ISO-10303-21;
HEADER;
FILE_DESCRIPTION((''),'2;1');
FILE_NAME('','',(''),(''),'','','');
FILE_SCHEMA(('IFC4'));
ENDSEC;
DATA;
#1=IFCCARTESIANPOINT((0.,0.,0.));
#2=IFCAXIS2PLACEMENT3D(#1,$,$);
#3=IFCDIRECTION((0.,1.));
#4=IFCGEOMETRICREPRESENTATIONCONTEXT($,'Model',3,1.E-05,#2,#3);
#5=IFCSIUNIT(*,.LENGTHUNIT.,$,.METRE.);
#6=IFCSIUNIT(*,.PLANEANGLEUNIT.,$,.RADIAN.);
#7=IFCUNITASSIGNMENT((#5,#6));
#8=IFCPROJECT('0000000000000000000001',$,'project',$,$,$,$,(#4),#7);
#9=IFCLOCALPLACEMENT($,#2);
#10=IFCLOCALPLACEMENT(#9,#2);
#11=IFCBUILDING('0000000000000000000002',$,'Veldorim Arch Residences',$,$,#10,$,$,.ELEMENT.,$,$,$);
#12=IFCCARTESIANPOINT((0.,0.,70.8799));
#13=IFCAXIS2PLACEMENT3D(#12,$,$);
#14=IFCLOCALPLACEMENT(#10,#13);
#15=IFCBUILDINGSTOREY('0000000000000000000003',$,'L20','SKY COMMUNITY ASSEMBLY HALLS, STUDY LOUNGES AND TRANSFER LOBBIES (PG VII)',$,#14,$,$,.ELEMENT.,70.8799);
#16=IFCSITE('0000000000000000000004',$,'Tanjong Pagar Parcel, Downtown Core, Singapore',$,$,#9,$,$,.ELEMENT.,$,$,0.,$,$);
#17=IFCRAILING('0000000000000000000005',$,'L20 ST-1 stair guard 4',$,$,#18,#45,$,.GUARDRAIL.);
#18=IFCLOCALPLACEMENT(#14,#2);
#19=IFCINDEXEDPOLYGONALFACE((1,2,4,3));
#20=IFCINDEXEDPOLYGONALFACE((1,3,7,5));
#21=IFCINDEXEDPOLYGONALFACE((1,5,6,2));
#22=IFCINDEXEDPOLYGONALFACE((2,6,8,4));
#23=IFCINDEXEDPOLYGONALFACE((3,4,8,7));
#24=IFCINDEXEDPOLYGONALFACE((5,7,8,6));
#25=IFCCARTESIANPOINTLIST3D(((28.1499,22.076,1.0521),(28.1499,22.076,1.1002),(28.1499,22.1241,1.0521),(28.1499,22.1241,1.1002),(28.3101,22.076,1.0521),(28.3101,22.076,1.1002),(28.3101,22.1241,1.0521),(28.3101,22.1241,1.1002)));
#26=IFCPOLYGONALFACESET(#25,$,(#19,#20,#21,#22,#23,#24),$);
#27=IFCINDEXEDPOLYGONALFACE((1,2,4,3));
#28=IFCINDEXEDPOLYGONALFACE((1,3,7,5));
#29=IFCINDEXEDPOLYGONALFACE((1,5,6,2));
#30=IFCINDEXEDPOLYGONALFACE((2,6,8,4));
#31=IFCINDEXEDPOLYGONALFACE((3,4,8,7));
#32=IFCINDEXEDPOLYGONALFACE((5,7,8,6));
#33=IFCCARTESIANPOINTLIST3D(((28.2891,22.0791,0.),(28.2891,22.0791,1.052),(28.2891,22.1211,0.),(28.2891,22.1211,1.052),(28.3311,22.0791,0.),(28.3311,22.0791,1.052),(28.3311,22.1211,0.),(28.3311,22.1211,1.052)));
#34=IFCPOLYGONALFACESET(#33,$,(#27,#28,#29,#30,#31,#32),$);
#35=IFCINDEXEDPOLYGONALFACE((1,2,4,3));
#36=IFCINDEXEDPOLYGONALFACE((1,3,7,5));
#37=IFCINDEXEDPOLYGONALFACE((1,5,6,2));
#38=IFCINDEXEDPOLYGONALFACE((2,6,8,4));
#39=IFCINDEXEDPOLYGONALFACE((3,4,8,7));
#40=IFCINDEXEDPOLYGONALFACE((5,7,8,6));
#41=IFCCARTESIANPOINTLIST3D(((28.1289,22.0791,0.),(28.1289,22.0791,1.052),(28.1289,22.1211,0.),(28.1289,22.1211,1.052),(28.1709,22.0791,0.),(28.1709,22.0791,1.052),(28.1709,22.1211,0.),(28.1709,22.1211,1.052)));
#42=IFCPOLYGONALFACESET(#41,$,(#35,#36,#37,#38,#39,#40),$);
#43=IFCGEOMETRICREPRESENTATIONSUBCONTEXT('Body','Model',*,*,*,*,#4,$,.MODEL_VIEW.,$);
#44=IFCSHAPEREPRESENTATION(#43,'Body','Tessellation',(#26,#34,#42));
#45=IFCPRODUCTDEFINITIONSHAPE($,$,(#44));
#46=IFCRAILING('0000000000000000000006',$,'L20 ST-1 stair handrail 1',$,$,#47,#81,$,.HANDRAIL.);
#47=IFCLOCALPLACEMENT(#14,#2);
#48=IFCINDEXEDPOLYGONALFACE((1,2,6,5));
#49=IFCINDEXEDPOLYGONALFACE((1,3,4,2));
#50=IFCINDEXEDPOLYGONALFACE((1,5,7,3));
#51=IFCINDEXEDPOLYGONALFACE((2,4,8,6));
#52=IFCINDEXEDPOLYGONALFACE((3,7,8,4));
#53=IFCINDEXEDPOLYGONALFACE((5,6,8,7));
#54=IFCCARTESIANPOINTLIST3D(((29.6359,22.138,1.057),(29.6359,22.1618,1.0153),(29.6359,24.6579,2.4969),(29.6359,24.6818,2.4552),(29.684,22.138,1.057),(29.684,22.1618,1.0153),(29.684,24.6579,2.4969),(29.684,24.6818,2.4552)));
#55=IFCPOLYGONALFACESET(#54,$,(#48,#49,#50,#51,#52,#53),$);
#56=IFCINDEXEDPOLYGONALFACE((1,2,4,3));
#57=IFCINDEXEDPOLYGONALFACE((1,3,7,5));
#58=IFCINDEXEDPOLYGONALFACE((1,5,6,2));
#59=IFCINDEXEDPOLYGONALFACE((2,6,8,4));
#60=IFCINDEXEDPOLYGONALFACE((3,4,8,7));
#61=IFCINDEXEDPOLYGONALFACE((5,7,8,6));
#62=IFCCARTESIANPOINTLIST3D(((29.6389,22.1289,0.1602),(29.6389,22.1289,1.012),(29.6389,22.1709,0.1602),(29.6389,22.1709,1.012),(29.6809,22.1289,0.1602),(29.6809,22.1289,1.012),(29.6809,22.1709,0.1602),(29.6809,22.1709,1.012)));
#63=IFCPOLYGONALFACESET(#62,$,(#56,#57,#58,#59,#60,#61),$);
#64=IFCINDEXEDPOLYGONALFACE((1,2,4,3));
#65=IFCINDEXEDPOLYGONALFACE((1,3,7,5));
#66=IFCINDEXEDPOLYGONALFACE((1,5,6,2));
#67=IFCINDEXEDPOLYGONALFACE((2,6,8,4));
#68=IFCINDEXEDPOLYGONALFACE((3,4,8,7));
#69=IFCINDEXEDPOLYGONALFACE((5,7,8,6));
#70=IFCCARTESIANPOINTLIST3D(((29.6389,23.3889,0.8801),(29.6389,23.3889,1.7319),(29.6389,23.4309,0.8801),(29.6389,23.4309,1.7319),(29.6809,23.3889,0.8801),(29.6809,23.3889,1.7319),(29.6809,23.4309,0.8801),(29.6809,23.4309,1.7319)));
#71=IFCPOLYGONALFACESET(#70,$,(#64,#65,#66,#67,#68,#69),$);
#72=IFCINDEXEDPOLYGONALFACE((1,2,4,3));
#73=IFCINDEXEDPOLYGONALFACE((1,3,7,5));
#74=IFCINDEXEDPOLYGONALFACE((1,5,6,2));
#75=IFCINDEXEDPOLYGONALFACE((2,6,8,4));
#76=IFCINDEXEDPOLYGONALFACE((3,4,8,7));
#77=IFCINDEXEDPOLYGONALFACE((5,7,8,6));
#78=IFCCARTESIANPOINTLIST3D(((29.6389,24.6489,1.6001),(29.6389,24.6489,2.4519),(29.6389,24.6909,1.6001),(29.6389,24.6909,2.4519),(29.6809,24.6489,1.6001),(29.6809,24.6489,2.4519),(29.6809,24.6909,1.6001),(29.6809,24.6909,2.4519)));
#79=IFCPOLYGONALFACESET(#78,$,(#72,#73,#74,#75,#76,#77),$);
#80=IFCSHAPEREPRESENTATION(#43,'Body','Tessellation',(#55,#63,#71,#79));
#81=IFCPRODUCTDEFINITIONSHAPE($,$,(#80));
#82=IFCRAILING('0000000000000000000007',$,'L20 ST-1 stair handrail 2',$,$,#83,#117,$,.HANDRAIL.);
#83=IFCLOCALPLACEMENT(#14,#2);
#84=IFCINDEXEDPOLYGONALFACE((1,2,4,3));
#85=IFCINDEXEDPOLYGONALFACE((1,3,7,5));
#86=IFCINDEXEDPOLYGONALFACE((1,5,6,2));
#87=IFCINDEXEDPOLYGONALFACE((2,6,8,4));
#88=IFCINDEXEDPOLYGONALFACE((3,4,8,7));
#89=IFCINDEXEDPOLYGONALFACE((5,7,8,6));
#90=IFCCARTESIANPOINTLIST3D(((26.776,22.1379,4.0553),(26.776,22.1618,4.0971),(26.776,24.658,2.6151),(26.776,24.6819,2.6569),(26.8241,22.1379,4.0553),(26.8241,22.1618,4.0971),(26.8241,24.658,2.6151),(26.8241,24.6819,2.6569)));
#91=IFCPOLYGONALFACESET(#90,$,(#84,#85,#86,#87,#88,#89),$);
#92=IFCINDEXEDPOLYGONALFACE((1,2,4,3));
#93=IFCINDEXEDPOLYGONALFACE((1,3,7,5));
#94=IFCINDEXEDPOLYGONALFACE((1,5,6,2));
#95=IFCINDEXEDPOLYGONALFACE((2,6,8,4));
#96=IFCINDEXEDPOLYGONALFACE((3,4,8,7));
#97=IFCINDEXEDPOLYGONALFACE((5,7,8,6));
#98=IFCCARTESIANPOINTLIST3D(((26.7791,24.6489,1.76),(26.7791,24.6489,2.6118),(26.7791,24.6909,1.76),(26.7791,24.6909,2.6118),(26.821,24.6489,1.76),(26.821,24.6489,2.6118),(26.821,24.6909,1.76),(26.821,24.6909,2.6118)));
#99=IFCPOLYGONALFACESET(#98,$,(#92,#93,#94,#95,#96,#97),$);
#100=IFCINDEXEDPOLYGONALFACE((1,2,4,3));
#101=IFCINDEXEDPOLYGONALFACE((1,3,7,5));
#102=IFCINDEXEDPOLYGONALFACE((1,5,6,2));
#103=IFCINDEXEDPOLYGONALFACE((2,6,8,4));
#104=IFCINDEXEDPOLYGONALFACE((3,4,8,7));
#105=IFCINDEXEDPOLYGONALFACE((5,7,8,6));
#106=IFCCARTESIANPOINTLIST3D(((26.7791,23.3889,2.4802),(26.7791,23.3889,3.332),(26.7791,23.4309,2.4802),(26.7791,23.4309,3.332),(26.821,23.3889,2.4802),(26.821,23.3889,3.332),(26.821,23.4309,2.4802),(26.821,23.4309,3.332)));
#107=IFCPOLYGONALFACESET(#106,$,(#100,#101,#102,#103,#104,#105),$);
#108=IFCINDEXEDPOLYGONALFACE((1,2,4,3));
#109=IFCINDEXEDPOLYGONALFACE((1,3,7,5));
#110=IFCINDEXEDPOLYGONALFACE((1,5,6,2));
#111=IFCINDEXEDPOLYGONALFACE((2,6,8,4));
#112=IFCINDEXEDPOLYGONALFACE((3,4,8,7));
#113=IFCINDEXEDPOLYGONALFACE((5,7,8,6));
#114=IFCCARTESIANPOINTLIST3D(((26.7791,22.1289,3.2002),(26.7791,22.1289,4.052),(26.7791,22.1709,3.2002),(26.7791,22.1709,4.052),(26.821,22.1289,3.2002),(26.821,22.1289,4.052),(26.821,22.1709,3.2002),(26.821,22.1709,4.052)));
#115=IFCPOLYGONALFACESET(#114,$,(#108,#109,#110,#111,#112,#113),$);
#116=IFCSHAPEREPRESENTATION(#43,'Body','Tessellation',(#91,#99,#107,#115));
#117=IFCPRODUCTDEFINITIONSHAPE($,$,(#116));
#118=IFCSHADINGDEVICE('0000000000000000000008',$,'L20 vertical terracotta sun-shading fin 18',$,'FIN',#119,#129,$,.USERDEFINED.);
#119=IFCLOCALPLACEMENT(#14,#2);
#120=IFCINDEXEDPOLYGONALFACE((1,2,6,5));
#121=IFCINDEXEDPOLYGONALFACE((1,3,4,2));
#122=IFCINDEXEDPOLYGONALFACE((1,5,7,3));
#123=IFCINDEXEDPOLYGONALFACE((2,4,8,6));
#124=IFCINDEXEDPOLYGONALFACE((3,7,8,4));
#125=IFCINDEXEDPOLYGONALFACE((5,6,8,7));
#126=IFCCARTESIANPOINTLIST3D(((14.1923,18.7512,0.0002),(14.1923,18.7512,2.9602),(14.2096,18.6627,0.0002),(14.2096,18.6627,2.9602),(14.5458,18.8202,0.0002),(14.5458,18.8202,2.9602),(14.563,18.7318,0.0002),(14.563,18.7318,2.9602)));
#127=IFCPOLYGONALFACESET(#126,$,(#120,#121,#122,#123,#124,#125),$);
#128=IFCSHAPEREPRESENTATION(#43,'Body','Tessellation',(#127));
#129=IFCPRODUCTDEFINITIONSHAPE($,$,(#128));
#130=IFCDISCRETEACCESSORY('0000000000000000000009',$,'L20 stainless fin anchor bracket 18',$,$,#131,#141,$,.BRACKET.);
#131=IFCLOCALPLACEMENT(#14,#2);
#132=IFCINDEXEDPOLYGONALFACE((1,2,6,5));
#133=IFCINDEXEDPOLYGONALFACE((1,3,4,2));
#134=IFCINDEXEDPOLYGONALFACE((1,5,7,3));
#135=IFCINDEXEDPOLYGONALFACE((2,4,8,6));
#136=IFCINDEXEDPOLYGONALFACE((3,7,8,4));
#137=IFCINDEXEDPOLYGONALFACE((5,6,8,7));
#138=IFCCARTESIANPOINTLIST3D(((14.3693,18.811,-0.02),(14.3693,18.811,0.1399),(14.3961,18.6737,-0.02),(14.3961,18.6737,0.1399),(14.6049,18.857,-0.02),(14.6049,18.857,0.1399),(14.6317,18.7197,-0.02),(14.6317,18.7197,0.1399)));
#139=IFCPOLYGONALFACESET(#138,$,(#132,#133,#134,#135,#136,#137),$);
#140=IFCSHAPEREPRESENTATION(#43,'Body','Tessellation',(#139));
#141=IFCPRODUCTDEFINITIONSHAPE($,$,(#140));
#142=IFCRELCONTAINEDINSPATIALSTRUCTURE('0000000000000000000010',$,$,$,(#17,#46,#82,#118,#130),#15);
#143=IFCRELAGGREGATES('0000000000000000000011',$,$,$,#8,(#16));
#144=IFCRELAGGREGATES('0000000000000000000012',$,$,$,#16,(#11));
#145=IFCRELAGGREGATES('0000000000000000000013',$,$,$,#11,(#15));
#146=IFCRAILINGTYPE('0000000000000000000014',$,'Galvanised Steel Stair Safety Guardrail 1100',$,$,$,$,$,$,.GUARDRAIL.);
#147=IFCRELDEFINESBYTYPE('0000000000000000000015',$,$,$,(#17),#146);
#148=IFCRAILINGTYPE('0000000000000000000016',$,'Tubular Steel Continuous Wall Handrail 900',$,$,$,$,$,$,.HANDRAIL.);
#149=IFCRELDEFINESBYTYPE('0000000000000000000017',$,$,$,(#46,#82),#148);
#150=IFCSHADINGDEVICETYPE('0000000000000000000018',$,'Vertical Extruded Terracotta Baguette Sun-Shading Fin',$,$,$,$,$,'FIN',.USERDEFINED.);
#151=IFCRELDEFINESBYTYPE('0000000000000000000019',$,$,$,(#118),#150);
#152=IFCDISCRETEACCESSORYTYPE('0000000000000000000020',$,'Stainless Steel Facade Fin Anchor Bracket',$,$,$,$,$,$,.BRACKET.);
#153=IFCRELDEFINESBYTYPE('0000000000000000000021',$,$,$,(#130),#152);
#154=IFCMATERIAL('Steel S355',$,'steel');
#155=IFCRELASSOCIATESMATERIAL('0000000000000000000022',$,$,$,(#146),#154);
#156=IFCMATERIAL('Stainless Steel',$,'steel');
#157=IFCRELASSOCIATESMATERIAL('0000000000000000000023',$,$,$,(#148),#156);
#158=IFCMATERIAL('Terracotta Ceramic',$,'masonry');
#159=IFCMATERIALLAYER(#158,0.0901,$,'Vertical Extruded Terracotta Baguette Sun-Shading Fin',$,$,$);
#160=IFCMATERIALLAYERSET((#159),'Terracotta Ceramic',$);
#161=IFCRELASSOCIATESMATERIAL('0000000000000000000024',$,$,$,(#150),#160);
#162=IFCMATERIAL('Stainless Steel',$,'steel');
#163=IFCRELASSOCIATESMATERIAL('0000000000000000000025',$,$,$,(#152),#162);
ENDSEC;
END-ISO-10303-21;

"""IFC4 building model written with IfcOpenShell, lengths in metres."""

from ifc_helpers import new_model, si_unit, direction, frame, origin, origin_2d, place, context, subcontext, project, spatial, rectangle, extrude, material, layer, layer_set, type_object, element, save


model = new_model("IFC4")

# Units and contexts
model_context = context("Model", 3, precision=1e-05, world=origin(), true_north=direction((0.0, 1.0)))
body_context = subcontext(model_context, "Body", "Model", "MODEL_VIEW")
ifc_project = project(units=[si_unit("LENGTHUNIT", "METRE"), si_unit("PLANEANGLEUNIT", "RADIAN")], contexts=[model_context])

# Site, building, storey
site_placement = place(None, origin())
site = spatial("IfcSite", under=ifc_project, at=site_placement, Name="Tanjong Pagar Parcel, Downtown Core, Singapore", CompositionType="ELEMENT", RefElevation=0.0)
building_placement = place(site_placement, origin())
building = spatial("IfcBuilding", under=site, at=building_placement, Name="Veldorim Arch Residences", CompositionType="ELEMENT")
storey_placement = place(building_placement, frame((0.0, 0.0, 70.8799)))
storey = spatial("IfcBuildingStorey", under=building, at=storey_placement, Name="L20", Description="SKY COMMUNITY ASSEMBLY HALLS, STUDY LOUNGES AND TRANSFER LOBBIES (PG VII)", CompositionType="ELEMENT", Elevation=70.8799)

# Railings
ifc_material_1 = material(Name="Steel S355", Category="steel")
railing_type_1 = type_object("IfcRailingType", Name="Galvanised Steel Stair Safety Guardrail 1100", PredefinedType="GUARDRAIL", material=ifc_material_1)
railing_1_placement = place(storey_placement, frame((28.3101, 22.1001, 0.0)))
element("IfcRailing", 1, at=railing_1_placement, inside=storey, type_object=railing_type_1, Name="L20 ST-1 stair guard 4", PredefinedType="GUARDRAIL", context=body_context, shape_type="SweptSolid", body=[
    extrude(rectangle(XDim=0.0481, YDim=0.0481, at=origin_2d()), frame((0.0, 0.0, 1.0762), z_axis=(-1.0, 0.0, 0.0), x_axis=(0.0, -1.0, 0.0)), (0.0, 0.0, 1.0), 0.1602),
    extrude(rectangle(XDim=0.042, YDim=0.042, at=origin_2d()), origin(), (0.0, 0.0, 1.0), 1.052),
    extrude(rectangle(XDim=0.042, YDim=0.042, at=origin_2d()), frame((-0.1602, 0.0, 0.0)), (0.0, 0.0, 1.0), 1.052),
])
ifc_material_2 = material(Name="Stainless Steel", Category="steel")
railing_type_2 = type_object("IfcRailingType", Name="Tubular Steel Continuous Wall Handrail 900", PredefinedType="HANDRAIL", material=ifc_material_2)
railing_2_placement = place(storey_placement, frame((29.6599, 22.1499, 0.1602)))
element("IfcRailing", 2, at=railing_2_placement, inside=storey, type_object=railing_type_2, Name="L20 ST-1 stair handrail 1", PredefinedType="HANDRAIL", context=body_context, shape_type="SweptSolid", body=[
    extrude(rectangle(XDim=0.0481, YDim=0.0481, at=origin_2d()), frame((0.0, 0.0, 0.876), z_axis=(0.0, 0.868253, 0.496121), x_axis=(-1.0, 0.0, 0.0)), (0.0, 0.0, 1.0), 2.9023),
    extrude(rectangle(XDim=0.042, YDim=0.042, at=origin_2d()), origin(), (0.0, 0.0, 1.0), 0.8518),
    extrude(rectangle(XDim=0.042, YDim=0.042, at=origin_2d()), frame((0.0, 1.26, 0.72)), (0.0, 0.0, 1.0), 0.8518),
    extrude(rectangle(XDim=0.042, YDim=0.042, at=origin_2d()), frame((0.0, 2.52, 1.4399)), (0.0, 0.0, 1.0), 0.8518),
])
railing_3_placement = place(storey_placement, frame((26.8, 24.6699, 1.76)))
element("IfcRailing", 3, at=railing_3_placement, inside=storey, type_object=railing_type_2, Name="L20 ST-1 stair handrail 2", PredefinedType="HANDRAIL", context=body_context, shape_type="SweptSolid", body=[
    extrude(rectangle(XDim=0.0481, YDim=0.0481, at=origin_2d()), frame((0.0, 0.0, 0.876), z_axis=(0.0, -0.868217, 0.496184), x_axis=(1.0, 0.0, 0.0)), (0.0, 0.0, 1.0), 2.9026),
    extrude(rectangle(XDim=0.042, YDim=0.042, at=origin_2d()), origin(), (0.0, 0.0, 1.0), 0.8518),
    extrude(rectangle(XDim=0.042, YDim=0.042, at=origin_2d()), frame((0.0, -1.26, 0.7202)), (0.0, 0.0, 1.0), 0.8518),
    extrude(rectangle(XDim=0.042, YDim=0.042, at=origin_2d()), frame((0.0, -2.52, 1.4402)), (0.0, 0.0, 1.0), 0.8518),
])

# Shading device
ifc_material_3 = material(Name="Terracotta Ceramic", Category="masonry")
ifc_layer_1 = layer(ifc_material_3, 0.0901, Name="Vertical Extruded Terracotta Baguette Sun-Shading Fin")
ifc_layer_set_1 = layer_set([ifc_layer_1], Name="Terracotta Ceramic")
shading_device_type = type_object("IfcShadingDeviceType", Name="Vertical Extruded Terracotta Baguette Sun-Shading Fin", ElementType="FIN", PredefinedType="USERDEFINED", material=ifc_layer_set_1)
shading_device_placement = place(storey_placement, frame((14.3777, 18.7415, 0.0002), z_axis=(0.0, 0.0, 1.0), x_axis=(-0.191666, 0.98146, 0.0)))
element("IfcShadingDevice", 4, at=shading_device_placement, inside=storey, type_object=shading_device_type, Name="L20 vertical terracotta sun-shading fin 18", ObjectType="FIN", PredefinedType="USERDEFINED", context=body_context, shape_type="SweptSolid", body=[
    extrude(rectangle(XDim=0.0901, YDim=0.3601, at=origin_2d()), origin(), (0.0, 0.0, 1.0), 2.96),
])

# Discrete accessory
ifc_material_4 = material(Name="Stainless Steel", Category="steel")
discrete_accessory_type = type_object("IfcDiscreteAccessoryType", Name="Stainless Steel Facade Fin Anchor Bracket", PredefinedType="BRACKET", material=ifc_material_4)
discrete_accessory_placement = place(storey_placement, frame((14.5005, 18.7654, -0.02), z_axis=(0.0, 0.0, 1.0), x_axis=(-0.191666, 0.98146, 0.0)))
element("IfcDiscreteAccessory", 5, at=discrete_accessory_placement, inside=storey, type_object=discrete_accessory_type, Name="L20 stainless fin anchor bracket 18", PredefinedType="BRACKET", context=body_context, shape_type="SweptSolid", body=[
    extrude(rectangle(XDim=0.1399, YDim=0.24, at=origin_2d()), origin(), (0.0, 0.0, 1.0), 0.1599),
])

save(model, "model.ifc")
